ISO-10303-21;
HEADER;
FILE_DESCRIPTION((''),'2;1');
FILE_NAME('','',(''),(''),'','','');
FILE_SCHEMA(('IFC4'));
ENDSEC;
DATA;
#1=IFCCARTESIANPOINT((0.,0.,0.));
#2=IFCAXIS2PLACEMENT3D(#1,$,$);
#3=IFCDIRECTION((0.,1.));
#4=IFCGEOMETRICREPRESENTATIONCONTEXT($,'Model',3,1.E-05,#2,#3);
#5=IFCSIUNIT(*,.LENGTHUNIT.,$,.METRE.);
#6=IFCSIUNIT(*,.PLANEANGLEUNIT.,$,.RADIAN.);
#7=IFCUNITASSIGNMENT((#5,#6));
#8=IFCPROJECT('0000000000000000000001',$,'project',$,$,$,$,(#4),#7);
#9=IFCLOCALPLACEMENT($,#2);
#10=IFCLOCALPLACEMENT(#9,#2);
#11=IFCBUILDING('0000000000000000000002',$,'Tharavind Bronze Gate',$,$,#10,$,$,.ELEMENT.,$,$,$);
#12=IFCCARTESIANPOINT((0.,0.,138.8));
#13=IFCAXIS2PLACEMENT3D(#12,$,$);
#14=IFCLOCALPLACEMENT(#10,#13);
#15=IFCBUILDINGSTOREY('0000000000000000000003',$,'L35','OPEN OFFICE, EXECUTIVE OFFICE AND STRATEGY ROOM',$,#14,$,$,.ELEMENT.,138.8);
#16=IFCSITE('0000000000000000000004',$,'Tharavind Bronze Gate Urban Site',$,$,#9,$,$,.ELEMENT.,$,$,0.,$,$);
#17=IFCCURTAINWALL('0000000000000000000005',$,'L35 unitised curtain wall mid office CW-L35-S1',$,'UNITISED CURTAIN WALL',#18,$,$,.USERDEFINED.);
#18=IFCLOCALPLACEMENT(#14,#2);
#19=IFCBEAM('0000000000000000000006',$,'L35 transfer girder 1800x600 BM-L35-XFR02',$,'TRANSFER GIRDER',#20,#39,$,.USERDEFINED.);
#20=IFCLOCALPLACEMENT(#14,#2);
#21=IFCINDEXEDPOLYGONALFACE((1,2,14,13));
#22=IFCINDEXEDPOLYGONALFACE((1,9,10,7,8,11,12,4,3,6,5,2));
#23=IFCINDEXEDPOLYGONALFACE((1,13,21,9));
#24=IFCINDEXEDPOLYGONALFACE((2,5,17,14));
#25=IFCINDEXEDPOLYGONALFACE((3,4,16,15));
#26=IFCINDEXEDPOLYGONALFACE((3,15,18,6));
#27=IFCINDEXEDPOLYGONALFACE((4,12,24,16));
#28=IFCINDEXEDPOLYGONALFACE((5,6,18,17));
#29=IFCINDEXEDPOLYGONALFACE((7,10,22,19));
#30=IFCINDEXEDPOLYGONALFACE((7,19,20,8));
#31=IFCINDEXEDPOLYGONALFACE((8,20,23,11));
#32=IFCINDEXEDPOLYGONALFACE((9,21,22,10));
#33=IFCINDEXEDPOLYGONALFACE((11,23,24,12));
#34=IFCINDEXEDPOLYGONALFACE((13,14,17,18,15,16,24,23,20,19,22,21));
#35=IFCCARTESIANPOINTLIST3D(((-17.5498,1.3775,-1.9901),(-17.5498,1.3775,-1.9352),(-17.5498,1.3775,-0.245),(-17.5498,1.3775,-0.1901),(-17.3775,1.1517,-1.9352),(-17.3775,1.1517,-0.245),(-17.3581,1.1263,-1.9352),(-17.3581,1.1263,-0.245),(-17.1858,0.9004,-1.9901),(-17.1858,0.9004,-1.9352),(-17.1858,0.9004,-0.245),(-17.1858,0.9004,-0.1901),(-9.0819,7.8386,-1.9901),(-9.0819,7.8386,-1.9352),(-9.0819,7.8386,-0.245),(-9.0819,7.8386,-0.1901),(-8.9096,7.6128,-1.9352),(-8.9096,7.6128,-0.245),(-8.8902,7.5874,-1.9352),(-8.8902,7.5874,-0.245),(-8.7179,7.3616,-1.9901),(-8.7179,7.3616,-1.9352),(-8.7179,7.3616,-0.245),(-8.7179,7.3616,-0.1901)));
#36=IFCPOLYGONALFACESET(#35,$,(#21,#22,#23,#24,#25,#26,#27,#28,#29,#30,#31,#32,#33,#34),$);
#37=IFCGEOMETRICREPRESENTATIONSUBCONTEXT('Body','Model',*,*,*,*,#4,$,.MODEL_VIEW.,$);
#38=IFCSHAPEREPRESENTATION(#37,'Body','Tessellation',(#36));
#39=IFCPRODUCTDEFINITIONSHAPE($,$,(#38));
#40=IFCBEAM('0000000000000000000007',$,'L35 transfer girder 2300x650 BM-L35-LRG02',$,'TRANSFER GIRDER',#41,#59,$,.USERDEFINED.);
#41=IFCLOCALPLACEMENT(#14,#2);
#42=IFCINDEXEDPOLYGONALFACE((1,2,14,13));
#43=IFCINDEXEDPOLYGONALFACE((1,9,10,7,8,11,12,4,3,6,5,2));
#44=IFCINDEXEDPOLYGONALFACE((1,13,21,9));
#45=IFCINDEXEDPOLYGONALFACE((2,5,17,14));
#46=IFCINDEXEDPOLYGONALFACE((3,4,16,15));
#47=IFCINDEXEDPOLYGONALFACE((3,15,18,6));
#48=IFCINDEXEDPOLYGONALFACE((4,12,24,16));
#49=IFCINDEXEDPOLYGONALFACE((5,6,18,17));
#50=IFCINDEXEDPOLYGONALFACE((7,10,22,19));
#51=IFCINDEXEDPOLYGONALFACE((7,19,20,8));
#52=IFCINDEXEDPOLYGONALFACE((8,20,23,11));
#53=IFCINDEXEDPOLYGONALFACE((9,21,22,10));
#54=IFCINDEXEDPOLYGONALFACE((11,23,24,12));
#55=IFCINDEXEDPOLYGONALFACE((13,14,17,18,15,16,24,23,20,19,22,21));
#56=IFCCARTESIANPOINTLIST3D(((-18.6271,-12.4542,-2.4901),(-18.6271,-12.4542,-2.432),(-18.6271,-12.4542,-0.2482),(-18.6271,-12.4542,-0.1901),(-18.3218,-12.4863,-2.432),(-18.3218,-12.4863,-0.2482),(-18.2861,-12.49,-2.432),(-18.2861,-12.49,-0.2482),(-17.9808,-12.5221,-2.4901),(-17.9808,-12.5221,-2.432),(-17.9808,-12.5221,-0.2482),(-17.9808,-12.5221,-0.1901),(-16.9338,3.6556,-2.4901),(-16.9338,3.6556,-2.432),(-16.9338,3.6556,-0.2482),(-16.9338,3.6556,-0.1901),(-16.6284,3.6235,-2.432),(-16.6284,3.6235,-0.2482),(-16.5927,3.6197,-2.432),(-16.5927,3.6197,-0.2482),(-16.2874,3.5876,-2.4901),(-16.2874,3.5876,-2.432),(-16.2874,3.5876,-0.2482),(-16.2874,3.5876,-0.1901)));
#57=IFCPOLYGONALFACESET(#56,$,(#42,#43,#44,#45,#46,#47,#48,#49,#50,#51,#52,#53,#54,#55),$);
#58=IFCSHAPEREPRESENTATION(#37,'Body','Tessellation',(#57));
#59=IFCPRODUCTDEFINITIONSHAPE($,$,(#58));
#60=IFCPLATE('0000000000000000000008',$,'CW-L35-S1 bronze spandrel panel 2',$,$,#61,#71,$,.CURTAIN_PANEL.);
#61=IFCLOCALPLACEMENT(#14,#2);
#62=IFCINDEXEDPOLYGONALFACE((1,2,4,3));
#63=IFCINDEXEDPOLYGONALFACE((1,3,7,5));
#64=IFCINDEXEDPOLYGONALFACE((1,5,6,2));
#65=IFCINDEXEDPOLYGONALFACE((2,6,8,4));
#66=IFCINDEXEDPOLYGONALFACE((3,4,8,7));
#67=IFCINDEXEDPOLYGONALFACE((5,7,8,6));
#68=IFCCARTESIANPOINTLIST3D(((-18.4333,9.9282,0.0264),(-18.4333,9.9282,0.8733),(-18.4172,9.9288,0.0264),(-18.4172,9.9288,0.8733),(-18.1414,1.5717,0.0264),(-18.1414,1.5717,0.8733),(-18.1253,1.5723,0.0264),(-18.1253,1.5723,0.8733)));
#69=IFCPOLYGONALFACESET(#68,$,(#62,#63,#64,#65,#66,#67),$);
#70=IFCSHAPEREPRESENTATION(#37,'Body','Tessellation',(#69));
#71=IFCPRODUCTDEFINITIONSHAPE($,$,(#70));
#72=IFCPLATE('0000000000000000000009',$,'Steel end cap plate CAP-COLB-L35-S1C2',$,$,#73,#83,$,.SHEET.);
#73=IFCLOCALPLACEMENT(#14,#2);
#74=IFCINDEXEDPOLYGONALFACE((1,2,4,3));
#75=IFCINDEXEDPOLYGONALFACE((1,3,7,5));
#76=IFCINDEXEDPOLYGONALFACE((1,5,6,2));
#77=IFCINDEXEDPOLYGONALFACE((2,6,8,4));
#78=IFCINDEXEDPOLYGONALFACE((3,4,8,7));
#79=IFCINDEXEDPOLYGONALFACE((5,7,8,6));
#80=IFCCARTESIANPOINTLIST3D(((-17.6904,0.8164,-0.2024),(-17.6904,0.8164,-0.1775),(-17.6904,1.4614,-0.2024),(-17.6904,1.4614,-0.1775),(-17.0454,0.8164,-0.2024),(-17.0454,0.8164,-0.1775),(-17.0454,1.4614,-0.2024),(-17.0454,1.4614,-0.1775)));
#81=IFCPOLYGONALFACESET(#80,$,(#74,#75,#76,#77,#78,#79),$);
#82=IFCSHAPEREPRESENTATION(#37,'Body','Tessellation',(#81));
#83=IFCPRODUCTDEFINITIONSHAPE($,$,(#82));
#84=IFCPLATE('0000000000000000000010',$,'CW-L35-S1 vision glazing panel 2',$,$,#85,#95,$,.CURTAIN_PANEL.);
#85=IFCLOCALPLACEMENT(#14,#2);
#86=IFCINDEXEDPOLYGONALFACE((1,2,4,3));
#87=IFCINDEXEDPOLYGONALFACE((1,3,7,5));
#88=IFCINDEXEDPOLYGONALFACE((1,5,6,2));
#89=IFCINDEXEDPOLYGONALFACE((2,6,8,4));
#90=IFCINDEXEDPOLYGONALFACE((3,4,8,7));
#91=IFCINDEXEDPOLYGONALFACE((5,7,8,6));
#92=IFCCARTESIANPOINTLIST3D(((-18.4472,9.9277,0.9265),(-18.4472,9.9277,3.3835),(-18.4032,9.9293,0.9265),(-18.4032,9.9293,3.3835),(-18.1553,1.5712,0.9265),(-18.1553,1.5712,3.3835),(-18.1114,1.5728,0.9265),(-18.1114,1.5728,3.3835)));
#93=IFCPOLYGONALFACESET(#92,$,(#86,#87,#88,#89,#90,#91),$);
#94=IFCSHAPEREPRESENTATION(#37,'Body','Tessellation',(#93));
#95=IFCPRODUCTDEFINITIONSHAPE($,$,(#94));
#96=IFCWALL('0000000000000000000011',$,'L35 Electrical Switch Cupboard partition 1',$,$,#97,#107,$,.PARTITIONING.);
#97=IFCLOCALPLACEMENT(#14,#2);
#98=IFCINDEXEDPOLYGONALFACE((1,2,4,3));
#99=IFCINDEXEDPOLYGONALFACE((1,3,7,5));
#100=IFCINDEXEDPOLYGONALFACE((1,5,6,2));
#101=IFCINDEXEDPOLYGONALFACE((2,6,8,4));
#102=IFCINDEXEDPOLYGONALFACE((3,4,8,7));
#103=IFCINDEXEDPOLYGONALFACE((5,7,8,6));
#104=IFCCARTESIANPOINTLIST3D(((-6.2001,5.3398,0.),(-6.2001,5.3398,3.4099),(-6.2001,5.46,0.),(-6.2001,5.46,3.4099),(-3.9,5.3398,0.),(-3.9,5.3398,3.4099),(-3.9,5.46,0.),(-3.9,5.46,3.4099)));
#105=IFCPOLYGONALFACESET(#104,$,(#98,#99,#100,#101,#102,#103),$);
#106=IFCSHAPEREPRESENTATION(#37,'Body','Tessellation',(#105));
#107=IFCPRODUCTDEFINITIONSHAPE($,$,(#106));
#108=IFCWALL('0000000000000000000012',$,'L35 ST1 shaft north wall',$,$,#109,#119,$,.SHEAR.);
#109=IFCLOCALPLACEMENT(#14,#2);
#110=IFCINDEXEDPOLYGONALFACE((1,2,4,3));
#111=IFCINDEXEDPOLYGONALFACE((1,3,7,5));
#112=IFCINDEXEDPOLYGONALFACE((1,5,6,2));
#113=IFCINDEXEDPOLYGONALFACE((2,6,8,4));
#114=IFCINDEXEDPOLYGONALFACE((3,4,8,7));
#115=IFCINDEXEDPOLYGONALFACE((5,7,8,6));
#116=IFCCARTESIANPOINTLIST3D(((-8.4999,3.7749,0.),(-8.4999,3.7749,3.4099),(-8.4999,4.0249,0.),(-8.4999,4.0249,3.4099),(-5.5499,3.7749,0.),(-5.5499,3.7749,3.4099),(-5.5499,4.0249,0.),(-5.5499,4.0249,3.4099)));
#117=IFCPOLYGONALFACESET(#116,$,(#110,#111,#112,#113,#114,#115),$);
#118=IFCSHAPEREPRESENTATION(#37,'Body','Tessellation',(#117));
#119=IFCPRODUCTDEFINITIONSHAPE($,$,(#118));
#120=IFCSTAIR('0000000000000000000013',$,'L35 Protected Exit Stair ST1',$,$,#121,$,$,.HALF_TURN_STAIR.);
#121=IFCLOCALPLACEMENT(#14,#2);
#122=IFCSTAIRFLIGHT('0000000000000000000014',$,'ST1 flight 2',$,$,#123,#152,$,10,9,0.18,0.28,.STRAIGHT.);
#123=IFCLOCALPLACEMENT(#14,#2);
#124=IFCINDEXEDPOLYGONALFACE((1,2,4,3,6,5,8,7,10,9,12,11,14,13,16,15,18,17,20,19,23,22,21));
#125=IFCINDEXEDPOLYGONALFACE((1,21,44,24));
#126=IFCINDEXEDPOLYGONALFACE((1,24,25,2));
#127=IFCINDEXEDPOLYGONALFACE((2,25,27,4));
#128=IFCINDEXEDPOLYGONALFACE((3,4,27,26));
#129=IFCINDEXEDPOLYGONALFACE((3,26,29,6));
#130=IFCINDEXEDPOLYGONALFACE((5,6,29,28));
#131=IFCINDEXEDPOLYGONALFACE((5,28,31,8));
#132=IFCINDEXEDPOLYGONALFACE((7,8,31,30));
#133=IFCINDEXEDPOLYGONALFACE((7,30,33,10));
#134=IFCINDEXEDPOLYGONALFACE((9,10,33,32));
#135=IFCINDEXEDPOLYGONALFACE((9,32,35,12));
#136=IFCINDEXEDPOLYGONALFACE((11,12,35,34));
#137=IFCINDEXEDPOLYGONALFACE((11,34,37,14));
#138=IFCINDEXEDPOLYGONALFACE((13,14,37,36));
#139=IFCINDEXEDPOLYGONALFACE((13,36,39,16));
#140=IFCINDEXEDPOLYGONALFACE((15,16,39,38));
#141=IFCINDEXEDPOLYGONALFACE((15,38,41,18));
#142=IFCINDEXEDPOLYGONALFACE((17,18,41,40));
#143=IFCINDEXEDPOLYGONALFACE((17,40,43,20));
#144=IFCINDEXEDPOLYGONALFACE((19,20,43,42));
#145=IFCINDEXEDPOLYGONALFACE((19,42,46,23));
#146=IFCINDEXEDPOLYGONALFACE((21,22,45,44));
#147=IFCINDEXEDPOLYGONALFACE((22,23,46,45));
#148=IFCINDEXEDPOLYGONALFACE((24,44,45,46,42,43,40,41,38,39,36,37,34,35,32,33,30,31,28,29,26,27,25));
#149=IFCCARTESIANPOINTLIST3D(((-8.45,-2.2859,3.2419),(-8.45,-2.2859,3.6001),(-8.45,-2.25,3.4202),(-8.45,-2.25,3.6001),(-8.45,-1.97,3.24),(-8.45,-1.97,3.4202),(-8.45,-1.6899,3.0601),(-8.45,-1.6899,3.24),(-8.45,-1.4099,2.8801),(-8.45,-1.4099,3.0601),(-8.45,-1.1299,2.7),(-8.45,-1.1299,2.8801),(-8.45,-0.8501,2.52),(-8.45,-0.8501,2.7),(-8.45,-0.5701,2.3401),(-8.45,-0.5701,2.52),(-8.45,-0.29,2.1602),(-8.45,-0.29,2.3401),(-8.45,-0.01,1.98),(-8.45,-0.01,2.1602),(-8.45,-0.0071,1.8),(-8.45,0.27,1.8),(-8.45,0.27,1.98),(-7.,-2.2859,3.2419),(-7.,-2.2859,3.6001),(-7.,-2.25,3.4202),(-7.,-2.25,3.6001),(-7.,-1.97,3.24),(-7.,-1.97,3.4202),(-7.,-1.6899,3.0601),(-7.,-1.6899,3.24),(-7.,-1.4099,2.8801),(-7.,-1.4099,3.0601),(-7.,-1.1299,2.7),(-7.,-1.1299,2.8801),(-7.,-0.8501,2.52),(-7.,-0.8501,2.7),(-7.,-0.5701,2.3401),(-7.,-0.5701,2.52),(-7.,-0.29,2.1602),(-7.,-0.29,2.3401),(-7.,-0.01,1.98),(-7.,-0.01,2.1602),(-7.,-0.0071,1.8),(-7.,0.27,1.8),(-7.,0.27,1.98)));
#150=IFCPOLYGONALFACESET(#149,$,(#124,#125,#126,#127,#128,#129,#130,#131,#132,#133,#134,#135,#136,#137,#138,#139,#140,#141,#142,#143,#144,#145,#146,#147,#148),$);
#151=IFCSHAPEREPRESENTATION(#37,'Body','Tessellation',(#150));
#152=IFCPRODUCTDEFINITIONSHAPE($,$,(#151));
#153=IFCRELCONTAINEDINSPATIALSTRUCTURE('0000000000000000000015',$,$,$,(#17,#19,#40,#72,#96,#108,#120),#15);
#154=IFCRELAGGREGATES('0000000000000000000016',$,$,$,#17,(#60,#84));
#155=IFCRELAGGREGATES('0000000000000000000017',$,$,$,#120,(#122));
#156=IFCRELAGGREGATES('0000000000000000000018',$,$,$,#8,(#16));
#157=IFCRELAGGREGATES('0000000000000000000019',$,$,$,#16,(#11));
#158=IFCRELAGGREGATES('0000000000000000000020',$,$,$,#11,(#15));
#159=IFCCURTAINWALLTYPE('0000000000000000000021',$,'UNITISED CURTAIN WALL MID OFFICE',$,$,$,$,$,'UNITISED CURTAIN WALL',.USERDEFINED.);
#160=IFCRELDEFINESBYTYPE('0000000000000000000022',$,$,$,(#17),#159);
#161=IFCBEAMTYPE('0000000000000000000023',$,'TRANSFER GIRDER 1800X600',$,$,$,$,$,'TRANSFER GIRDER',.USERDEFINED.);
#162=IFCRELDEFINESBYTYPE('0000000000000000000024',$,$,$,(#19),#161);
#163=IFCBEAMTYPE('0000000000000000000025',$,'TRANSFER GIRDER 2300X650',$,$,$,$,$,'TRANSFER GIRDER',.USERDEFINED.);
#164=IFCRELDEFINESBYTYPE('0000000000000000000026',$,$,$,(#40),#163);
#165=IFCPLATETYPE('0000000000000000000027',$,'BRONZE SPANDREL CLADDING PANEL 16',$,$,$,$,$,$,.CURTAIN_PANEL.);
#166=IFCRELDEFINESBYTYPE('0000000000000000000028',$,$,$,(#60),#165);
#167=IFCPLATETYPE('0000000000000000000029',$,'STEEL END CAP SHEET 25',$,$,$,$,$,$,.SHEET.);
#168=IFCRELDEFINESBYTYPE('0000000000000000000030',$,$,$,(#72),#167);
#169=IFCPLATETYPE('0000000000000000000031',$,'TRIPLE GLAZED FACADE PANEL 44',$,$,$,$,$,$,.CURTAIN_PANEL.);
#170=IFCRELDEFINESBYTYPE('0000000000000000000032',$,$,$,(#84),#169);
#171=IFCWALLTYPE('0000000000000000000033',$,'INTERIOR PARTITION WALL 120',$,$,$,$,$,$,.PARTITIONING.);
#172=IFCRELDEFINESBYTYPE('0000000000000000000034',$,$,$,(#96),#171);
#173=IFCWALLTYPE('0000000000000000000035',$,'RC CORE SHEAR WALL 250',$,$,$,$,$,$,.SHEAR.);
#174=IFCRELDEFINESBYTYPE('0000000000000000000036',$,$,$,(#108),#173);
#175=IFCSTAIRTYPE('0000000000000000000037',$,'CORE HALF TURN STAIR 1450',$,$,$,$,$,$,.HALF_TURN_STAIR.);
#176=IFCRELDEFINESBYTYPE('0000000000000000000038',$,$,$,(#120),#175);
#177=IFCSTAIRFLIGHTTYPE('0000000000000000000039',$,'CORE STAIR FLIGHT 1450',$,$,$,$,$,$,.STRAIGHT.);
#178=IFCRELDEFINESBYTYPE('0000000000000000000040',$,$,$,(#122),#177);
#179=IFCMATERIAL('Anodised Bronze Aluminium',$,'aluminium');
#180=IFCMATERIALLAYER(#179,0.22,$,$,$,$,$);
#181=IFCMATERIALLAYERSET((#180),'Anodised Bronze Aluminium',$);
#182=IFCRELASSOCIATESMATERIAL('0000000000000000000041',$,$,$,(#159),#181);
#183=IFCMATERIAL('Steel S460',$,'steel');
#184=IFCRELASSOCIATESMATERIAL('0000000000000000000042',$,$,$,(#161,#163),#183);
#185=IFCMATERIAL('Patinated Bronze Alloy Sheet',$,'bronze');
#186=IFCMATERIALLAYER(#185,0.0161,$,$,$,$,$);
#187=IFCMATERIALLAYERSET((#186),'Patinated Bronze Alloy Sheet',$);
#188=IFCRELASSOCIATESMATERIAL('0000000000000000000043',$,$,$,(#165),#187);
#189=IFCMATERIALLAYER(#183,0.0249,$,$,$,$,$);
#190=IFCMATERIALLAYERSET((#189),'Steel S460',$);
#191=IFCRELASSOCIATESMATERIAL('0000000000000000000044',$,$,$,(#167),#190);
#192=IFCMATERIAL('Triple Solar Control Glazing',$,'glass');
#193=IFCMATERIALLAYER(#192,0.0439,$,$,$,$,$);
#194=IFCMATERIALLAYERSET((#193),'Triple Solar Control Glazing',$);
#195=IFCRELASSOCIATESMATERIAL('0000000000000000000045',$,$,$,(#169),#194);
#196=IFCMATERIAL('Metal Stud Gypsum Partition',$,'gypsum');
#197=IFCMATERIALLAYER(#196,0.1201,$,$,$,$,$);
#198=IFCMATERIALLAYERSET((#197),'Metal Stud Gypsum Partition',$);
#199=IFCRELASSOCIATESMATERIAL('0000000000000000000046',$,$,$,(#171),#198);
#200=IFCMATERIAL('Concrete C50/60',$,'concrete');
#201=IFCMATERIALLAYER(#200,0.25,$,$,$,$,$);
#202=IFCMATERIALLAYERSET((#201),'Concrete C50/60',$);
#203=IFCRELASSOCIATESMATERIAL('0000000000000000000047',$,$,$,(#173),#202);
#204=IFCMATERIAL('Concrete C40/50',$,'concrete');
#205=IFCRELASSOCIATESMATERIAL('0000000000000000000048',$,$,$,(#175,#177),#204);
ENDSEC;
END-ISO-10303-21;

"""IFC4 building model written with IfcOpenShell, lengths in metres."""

from ifc_helpers import new_model, si_unit, direction, frame, frame_2d, origin, origin_2d, place, context, subcontext, project, spatial, polyline, rectangle, i_section, outline, extrude, material, layer, layer_set, material_profile, profile_set, type_object, element, aggregate, save


model = new_model("IFC4")

# Units and contexts
model_context = context("Model", 3, precision=1e-05, world=origin(), true_north=direction((0.0, 1.0)))
body_context = subcontext(model_context, "Body", "Model", "MODEL_VIEW")
ifc_project = project(units=[si_unit("LENGTHUNIT", "METRE"), si_unit("PLANEANGLEUNIT", "RADIAN")], contexts=[model_context])

# Site, building, storey
site_placement = place(None, origin())
site = spatial("IfcSite", under=ifc_project, at=site_placement, Name="Tharavind Bronze Gate Urban Site", CompositionType="ELEMENT", RefElevation=0.0)
building_placement = place(site_placement, origin())
building = spatial("IfcBuilding", under=site, at=building_placement, Name="Tharavind Bronze Gate", CompositionType="ELEMENT")
storey_placement = place(building_placement, frame((0.0, 0.0, 138.8)))
storey = spatial("IfcBuildingStorey", under=building, at=storey_placement, Name="L35", Description="OPEN OFFICE, EXECUTIVE OFFICE AND STRATEGY ROOM", CompositionType="ELEMENT", Elevation=138.8)

# Shared definitions
ifc_material_1 = material(Name="Steel S460", Category="steel")

# Curtain wall
ifc_material_2 = material(Name="Anodised Bronze Aluminium", Category="aluminium")
ifc_layer_1 = layer(ifc_material_2, 0.22)
ifc_layer_set_1 = layer_set([ifc_layer_1], Name="Anodised Bronze Aluminium")
curtain_wall_type = type_object("IfcCurtainWallType", Name="UNITISED CURTAIN WALL MID OFFICE", ElementType="UNITISED CURTAIN WALL", PredefinedType="USERDEFINED", material=ifc_layer_set_1)
curtain_wall_placement = place(storey_placement, origin())
curtain_wall = element("IfcCurtainWall", 1, at=curtain_wall_placement, inside=storey, type_object=curtain_wall_type, Name="L35 unitised curtain wall mid office CW-L35-S1", ObjectType="UNITISED CURTAIN WALL", PredefinedType="USERDEFINED")

# Beams
ifc_material_profile_1 = material_profile(ifc_material_1, i_section(OverallWidth=0.6001, OverallDepth=1.8, WebThickness=0.032, FlangeThickness=0.0549, at=origin_2d()), Name="PG1800X600")
ifc_profile_set_1 = profile_set([ifc_material_profile_1], Name="Steel S460")
beam_type_1 = type_object("IfcBeamType", Name="TRANSFER GIRDER 1800X600", ElementType="TRANSFER GIRDER", PredefinedType="USERDEFINED", material=ifc_profile_set_1)
beam_1_placement = place(storey_placement, frame((-8.8999, 7.6001, -1.0901), z_axis=(-0.795008, -0.606599, 0.0), x_axis=(0.606599, -0.795008, 0.0)))
element("IfcBeam", 2, at=beam_1_placement, inside=storey, type_object=beam_type_1, Name="L35 transfer girder 1800x600 BM-L35-XFR02", ObjectType="TRANSFER GIRDER", PredefinedType="USERDEFINED", context=body_context, shape_type="SweptSolid", body=[
    extrude(i_section(OverallWidth=0.6001, OverallDepth=1.8, WebThickness=0.032, FlangeThickness=0.0549, at=origin_2d()), origin(), (0.0, 0.0, 1.0), 10.6514),
])
ifc_material_profile_2 = material_profile(ifc_material_1, i_section(OverallWidth=0.6499, OverallDepth=2.3, WebThickness=0.0359, FlangeThickness=0.0581, at=origin_2d()), Name="PG2300X650")
ifc_profile_set_2 = profile_set([ifc_material_profile_2], Name="Steel S460")
beam_type_2 = type_object("IfcBeamType", Name="TRANSFER GIRDER 2300X650", ElementType="TRANSFER GIRDER", PredefinedType="USERDEFINED", material=ifc_profile_set_2)
beam_2_placement = place(storey_placement, frame((-16.6106, 3.6216, -1.3401), z_axis=(-0.104539, -0.994521, 0.0), x_axis=(0.994521, -0.104539, 0.0)))
element("IfcBeam", 3, at=beam_2_placement, inside=storey, type_object=beam_type_2, Name="L35 transfer girder 2300x650 BM-L35-LRG02", ObjectType="TRANSFER GIRDER", PredefinedType="USERDEFINED", context=body_context, shape_type="SweptSolid", body=[
    extrude(i_section(OverallWidth=0.6499, OverallDepth=2.3, WebThickness=0.0359, FlangeThickness=0.0581, at=origin_2d()), origin(), (0.0, 0.0, 1.0), 16.1985),
])

# Plates
ifc_material_3 = material(Name="Patinated Bronze Alloy Sheet", Category="bronze")
ifc_layer_2 = layer(ifc_material_3, 0.0161)
ifc_layer_set_2 = layer_set([ifc_layer_2], Name="Patinated Bronze Alloy Sheet")
plate_type_1 = type_object("IfcPlateType", Name="BRONZE SPANDREL CLADDING PANEL 16", PredefinedType="CURTAIN_PANEL", material=ifc_layer_set_2)
plate_1_placement = place(storey_placement, frame((-18.2793, 5.7502, 0.0264), z_axis=(0.0, 0.0, 1.0), x_axis=(0.034899, -0.999391, 0.0)))
plate_1 = element("IfcPlate", 4, at=plate_1_placement, type_object=plate_type_1, Name="CW-L35-S1 bronze spandrel panel 2", PredefinedType="CURTAIN_PANEL", context=body_context, shape_type="SweptSolid", body=[
    extrude(rectangle(XDim=8.3616, YDim=0.0161, at=origin_2d()), origin(), (0.0, 0.0, 1.0), 0.8469),
])
ifc_layer_3 = layer(ifc_material_1, 0.0249)
ifc_layer_set_3 = layer_set([ifc_layer_3], Name="Steel S460")
plate_type_2 = type_object("IfcPlateType", Name="STEEL END CAP SHEET 25", PredefinedType="SHEET", material=ifc_layer_set_3)
plate_2_placement = place(storey_placement, frame((-17.3679, 1.1389, -0.2024), z_axis=(0.0, 0.0, 1.0), x_axis=(1.0, 0.0, 0.0)))
element("IfcPlate", 5, at=plate_2_placement, inside=storey, type_object=plate_type_2, Name="Steel end cap plate CAP-COLB-L35-S1C2", PredefinedType="SHEET", context=body_context, shape_type="SweptSolid", body=[
    extrude(rectangle(XDim=0.645, YDim=0.645, at=origin_2d()), origin(), (0.0, 0.0, 1.0), 0.0249),
])
ifc_material_4 = material(Name="Triple Solar Control Glazing", Category="glass")
ifc_layer_4 = layer(ifc_material_4, 0.0439)
ifc_layer_set_4 = layer_set([ifc_layer_4], Name="Triple Solar Control Glazing")
plate_type_3 = type_object("IfcPlateType", Name="TRIPLE GLAZED FACADE PANEL 44", PredefinedType="CURTAIN_PANEL", material=ifc_layer_set_4)
plate_3_placement = place(storey_placement, frame((-18.2793, 5.7502, 0.9265), z_axis=(0.0, 0.0, 1.0), x_axis=(0.034899, -0.999391, 0.0)))
plate_3 = element("IfcPlate", 6, at=plate_3_placement, type_object=plate_type_3, Name="CW-L35-S1 vision glazing panel 2", PredefinedType="CURTAIN_PANEL", context=body_context, shape_type="SweptSolid", body=[
    extrude(rectangle(XDim=8.3616, YDim=0.0439, at=origin_2d()), origin(), (0.0, 0.0, 1.0), 2.457),
])
aggregate(curtain_wall, [plate_1, plate_3])

# Walls
ifc_material_5 = material(Name="Metal Stud Gypsum Partition", Category="gypsum")
ifc_layer_5 = layer(ifc_material_5, 0.1201)
ifc_layer_set_5 = layer_set([ifc_layer_5], Name="Metal Stud Gypsum Partition")
wall_type_1 = type_object("IfcWallType", Name="INTERIOR PARTITION WALL 120", PredefinedType="PARTITIONING", material=ifc_layer_set_5)
wall_1_placement = place(storey_placement, frame((-6.2, 5.3999, 0.0), z_axis=(0.0, 0.0, 1.0), x_axis=(1.0, 0.0, 0.0)))
element("IfcWall", 7, at=wall_1_placement, inside=storey, type_object=wall_type_1, Name="L35 Electrical Switch Cupboard partition 1", PredefinedType="PARTITIONING", context=body_context, shape_type="SweptSolid", body=[
    extrude(rectangle(XDim=2.3, YDim=0.1201, at=frame_2d((1.1499, 0.0))), origin(), (0.0, 0.0, 1.0), 3.4099),
])
ifc_material_6 = material(Name="Concrete C50/60", Category="concrete")
ifc_layer_6 = layer(ifc_material_6, 0.25)
ifc_layer_set_6 = layer_set([ifc_layer_6], Name="Concrete C50/60")
wall_type_2 = type_object("IfcWallType", Name="RC CORE SHEAR WALL 250", PredefinedType="SHEAR", material=ifc_layer_set_6)
wall_2_placement = place(storey_placement, frame((-8.5, 3.8999, 0.0), z_axis=(0.0, 0.0, 1.0), x_axis=(1.0, 0.0, 0.0)))
element("IfcWall", 8, at=wall_2_placement, inside=storey, type_object=wall_type_2, Name="L35 ST1 shaft north wall", PredefinedType="SHEAR", context=body_context, shape_type="SweptSolid", body=[
    extrude(rectangle(XDim=2.95, YDim=0.25, at=frame_2d((1.4751, 0.0))), origin(), (0.0, 0.0, 1.0), 3.4099),
])

# Stair, stair flight
ifc_material_7 = material(Name="Concrete C40/50", Category="concrete")
stair_type = type_object("IfcStairType", Name="CORE HALF TURN STAIR 1450", PredefinedType="HALF_TURN_STAIR", material=ifc_material_7)
stair_placement = place(storey_placement, origin())
stair = element("IfcStair", 9, at=stair_placement, inside=storey, type_object=stair_type, Name="L35 Protected Exit Stair ST1", PredefinedType="HALF_TURN_STAIR")
stair_flight_type = type_object("IfcStairFlightType", Name="CORE STAIR FLIGHT 1450", PredefinedType="STRAIGHT", material=ifc_material_7)
stair_flight_placement = place(storey_placement, frame((-7.7251, 0.27, 1.8), z_axis=(0.0, 0.0, 1.0), x_axis=(0.0, -1.0, 0.0)))
stair_flight = element("IfcStairFlight", 10, at=stair_flight_placement, type_object=stair_flight_type, Name="ST1 flight 2", NumberOfRisers=10, NumberOfTreads=9, PredefinedType="STRAIGHT", RiserHeight=0.18, TreadLength=0.28, context=body_context, shape_type="SweptSolid", body=[
    extrude(outline(polyline([(0.0, 0.0), (0.0, 0.1799), (0.28, 0.1799), (0.28, 0.3601), (0.5601, 0.3601), (0.5601, 0.54), (0.8401, 0.54), (0.8401, 0.72), (1.1201, 0.72), (1.1201, 0.8999), (1.3999, 0.8999), (1.3999, 1.0801), (1.6799, 1.0801), (1.6799, 1.26), (1.96, 1.26), (1.96, 1.4399), (2.24, 1.4399), (2.24, 1.6201), (2.52, 1.6201), (2.52, 1.8), (2.5559, 1.8), (2.5559, 1.4419), (0.2771, 0.0), (0.0, 0.0)])), frame((0.0, 0.7251, 0.0), z_axis=(0.0, -1.0, 0.0), x_axis=(1.0, 0.0, 0.0)), (0.0, 0.0, 1.0), 1.45),
])
aggregate(stair, [stair_flight])

save(model, "model.ifc")
